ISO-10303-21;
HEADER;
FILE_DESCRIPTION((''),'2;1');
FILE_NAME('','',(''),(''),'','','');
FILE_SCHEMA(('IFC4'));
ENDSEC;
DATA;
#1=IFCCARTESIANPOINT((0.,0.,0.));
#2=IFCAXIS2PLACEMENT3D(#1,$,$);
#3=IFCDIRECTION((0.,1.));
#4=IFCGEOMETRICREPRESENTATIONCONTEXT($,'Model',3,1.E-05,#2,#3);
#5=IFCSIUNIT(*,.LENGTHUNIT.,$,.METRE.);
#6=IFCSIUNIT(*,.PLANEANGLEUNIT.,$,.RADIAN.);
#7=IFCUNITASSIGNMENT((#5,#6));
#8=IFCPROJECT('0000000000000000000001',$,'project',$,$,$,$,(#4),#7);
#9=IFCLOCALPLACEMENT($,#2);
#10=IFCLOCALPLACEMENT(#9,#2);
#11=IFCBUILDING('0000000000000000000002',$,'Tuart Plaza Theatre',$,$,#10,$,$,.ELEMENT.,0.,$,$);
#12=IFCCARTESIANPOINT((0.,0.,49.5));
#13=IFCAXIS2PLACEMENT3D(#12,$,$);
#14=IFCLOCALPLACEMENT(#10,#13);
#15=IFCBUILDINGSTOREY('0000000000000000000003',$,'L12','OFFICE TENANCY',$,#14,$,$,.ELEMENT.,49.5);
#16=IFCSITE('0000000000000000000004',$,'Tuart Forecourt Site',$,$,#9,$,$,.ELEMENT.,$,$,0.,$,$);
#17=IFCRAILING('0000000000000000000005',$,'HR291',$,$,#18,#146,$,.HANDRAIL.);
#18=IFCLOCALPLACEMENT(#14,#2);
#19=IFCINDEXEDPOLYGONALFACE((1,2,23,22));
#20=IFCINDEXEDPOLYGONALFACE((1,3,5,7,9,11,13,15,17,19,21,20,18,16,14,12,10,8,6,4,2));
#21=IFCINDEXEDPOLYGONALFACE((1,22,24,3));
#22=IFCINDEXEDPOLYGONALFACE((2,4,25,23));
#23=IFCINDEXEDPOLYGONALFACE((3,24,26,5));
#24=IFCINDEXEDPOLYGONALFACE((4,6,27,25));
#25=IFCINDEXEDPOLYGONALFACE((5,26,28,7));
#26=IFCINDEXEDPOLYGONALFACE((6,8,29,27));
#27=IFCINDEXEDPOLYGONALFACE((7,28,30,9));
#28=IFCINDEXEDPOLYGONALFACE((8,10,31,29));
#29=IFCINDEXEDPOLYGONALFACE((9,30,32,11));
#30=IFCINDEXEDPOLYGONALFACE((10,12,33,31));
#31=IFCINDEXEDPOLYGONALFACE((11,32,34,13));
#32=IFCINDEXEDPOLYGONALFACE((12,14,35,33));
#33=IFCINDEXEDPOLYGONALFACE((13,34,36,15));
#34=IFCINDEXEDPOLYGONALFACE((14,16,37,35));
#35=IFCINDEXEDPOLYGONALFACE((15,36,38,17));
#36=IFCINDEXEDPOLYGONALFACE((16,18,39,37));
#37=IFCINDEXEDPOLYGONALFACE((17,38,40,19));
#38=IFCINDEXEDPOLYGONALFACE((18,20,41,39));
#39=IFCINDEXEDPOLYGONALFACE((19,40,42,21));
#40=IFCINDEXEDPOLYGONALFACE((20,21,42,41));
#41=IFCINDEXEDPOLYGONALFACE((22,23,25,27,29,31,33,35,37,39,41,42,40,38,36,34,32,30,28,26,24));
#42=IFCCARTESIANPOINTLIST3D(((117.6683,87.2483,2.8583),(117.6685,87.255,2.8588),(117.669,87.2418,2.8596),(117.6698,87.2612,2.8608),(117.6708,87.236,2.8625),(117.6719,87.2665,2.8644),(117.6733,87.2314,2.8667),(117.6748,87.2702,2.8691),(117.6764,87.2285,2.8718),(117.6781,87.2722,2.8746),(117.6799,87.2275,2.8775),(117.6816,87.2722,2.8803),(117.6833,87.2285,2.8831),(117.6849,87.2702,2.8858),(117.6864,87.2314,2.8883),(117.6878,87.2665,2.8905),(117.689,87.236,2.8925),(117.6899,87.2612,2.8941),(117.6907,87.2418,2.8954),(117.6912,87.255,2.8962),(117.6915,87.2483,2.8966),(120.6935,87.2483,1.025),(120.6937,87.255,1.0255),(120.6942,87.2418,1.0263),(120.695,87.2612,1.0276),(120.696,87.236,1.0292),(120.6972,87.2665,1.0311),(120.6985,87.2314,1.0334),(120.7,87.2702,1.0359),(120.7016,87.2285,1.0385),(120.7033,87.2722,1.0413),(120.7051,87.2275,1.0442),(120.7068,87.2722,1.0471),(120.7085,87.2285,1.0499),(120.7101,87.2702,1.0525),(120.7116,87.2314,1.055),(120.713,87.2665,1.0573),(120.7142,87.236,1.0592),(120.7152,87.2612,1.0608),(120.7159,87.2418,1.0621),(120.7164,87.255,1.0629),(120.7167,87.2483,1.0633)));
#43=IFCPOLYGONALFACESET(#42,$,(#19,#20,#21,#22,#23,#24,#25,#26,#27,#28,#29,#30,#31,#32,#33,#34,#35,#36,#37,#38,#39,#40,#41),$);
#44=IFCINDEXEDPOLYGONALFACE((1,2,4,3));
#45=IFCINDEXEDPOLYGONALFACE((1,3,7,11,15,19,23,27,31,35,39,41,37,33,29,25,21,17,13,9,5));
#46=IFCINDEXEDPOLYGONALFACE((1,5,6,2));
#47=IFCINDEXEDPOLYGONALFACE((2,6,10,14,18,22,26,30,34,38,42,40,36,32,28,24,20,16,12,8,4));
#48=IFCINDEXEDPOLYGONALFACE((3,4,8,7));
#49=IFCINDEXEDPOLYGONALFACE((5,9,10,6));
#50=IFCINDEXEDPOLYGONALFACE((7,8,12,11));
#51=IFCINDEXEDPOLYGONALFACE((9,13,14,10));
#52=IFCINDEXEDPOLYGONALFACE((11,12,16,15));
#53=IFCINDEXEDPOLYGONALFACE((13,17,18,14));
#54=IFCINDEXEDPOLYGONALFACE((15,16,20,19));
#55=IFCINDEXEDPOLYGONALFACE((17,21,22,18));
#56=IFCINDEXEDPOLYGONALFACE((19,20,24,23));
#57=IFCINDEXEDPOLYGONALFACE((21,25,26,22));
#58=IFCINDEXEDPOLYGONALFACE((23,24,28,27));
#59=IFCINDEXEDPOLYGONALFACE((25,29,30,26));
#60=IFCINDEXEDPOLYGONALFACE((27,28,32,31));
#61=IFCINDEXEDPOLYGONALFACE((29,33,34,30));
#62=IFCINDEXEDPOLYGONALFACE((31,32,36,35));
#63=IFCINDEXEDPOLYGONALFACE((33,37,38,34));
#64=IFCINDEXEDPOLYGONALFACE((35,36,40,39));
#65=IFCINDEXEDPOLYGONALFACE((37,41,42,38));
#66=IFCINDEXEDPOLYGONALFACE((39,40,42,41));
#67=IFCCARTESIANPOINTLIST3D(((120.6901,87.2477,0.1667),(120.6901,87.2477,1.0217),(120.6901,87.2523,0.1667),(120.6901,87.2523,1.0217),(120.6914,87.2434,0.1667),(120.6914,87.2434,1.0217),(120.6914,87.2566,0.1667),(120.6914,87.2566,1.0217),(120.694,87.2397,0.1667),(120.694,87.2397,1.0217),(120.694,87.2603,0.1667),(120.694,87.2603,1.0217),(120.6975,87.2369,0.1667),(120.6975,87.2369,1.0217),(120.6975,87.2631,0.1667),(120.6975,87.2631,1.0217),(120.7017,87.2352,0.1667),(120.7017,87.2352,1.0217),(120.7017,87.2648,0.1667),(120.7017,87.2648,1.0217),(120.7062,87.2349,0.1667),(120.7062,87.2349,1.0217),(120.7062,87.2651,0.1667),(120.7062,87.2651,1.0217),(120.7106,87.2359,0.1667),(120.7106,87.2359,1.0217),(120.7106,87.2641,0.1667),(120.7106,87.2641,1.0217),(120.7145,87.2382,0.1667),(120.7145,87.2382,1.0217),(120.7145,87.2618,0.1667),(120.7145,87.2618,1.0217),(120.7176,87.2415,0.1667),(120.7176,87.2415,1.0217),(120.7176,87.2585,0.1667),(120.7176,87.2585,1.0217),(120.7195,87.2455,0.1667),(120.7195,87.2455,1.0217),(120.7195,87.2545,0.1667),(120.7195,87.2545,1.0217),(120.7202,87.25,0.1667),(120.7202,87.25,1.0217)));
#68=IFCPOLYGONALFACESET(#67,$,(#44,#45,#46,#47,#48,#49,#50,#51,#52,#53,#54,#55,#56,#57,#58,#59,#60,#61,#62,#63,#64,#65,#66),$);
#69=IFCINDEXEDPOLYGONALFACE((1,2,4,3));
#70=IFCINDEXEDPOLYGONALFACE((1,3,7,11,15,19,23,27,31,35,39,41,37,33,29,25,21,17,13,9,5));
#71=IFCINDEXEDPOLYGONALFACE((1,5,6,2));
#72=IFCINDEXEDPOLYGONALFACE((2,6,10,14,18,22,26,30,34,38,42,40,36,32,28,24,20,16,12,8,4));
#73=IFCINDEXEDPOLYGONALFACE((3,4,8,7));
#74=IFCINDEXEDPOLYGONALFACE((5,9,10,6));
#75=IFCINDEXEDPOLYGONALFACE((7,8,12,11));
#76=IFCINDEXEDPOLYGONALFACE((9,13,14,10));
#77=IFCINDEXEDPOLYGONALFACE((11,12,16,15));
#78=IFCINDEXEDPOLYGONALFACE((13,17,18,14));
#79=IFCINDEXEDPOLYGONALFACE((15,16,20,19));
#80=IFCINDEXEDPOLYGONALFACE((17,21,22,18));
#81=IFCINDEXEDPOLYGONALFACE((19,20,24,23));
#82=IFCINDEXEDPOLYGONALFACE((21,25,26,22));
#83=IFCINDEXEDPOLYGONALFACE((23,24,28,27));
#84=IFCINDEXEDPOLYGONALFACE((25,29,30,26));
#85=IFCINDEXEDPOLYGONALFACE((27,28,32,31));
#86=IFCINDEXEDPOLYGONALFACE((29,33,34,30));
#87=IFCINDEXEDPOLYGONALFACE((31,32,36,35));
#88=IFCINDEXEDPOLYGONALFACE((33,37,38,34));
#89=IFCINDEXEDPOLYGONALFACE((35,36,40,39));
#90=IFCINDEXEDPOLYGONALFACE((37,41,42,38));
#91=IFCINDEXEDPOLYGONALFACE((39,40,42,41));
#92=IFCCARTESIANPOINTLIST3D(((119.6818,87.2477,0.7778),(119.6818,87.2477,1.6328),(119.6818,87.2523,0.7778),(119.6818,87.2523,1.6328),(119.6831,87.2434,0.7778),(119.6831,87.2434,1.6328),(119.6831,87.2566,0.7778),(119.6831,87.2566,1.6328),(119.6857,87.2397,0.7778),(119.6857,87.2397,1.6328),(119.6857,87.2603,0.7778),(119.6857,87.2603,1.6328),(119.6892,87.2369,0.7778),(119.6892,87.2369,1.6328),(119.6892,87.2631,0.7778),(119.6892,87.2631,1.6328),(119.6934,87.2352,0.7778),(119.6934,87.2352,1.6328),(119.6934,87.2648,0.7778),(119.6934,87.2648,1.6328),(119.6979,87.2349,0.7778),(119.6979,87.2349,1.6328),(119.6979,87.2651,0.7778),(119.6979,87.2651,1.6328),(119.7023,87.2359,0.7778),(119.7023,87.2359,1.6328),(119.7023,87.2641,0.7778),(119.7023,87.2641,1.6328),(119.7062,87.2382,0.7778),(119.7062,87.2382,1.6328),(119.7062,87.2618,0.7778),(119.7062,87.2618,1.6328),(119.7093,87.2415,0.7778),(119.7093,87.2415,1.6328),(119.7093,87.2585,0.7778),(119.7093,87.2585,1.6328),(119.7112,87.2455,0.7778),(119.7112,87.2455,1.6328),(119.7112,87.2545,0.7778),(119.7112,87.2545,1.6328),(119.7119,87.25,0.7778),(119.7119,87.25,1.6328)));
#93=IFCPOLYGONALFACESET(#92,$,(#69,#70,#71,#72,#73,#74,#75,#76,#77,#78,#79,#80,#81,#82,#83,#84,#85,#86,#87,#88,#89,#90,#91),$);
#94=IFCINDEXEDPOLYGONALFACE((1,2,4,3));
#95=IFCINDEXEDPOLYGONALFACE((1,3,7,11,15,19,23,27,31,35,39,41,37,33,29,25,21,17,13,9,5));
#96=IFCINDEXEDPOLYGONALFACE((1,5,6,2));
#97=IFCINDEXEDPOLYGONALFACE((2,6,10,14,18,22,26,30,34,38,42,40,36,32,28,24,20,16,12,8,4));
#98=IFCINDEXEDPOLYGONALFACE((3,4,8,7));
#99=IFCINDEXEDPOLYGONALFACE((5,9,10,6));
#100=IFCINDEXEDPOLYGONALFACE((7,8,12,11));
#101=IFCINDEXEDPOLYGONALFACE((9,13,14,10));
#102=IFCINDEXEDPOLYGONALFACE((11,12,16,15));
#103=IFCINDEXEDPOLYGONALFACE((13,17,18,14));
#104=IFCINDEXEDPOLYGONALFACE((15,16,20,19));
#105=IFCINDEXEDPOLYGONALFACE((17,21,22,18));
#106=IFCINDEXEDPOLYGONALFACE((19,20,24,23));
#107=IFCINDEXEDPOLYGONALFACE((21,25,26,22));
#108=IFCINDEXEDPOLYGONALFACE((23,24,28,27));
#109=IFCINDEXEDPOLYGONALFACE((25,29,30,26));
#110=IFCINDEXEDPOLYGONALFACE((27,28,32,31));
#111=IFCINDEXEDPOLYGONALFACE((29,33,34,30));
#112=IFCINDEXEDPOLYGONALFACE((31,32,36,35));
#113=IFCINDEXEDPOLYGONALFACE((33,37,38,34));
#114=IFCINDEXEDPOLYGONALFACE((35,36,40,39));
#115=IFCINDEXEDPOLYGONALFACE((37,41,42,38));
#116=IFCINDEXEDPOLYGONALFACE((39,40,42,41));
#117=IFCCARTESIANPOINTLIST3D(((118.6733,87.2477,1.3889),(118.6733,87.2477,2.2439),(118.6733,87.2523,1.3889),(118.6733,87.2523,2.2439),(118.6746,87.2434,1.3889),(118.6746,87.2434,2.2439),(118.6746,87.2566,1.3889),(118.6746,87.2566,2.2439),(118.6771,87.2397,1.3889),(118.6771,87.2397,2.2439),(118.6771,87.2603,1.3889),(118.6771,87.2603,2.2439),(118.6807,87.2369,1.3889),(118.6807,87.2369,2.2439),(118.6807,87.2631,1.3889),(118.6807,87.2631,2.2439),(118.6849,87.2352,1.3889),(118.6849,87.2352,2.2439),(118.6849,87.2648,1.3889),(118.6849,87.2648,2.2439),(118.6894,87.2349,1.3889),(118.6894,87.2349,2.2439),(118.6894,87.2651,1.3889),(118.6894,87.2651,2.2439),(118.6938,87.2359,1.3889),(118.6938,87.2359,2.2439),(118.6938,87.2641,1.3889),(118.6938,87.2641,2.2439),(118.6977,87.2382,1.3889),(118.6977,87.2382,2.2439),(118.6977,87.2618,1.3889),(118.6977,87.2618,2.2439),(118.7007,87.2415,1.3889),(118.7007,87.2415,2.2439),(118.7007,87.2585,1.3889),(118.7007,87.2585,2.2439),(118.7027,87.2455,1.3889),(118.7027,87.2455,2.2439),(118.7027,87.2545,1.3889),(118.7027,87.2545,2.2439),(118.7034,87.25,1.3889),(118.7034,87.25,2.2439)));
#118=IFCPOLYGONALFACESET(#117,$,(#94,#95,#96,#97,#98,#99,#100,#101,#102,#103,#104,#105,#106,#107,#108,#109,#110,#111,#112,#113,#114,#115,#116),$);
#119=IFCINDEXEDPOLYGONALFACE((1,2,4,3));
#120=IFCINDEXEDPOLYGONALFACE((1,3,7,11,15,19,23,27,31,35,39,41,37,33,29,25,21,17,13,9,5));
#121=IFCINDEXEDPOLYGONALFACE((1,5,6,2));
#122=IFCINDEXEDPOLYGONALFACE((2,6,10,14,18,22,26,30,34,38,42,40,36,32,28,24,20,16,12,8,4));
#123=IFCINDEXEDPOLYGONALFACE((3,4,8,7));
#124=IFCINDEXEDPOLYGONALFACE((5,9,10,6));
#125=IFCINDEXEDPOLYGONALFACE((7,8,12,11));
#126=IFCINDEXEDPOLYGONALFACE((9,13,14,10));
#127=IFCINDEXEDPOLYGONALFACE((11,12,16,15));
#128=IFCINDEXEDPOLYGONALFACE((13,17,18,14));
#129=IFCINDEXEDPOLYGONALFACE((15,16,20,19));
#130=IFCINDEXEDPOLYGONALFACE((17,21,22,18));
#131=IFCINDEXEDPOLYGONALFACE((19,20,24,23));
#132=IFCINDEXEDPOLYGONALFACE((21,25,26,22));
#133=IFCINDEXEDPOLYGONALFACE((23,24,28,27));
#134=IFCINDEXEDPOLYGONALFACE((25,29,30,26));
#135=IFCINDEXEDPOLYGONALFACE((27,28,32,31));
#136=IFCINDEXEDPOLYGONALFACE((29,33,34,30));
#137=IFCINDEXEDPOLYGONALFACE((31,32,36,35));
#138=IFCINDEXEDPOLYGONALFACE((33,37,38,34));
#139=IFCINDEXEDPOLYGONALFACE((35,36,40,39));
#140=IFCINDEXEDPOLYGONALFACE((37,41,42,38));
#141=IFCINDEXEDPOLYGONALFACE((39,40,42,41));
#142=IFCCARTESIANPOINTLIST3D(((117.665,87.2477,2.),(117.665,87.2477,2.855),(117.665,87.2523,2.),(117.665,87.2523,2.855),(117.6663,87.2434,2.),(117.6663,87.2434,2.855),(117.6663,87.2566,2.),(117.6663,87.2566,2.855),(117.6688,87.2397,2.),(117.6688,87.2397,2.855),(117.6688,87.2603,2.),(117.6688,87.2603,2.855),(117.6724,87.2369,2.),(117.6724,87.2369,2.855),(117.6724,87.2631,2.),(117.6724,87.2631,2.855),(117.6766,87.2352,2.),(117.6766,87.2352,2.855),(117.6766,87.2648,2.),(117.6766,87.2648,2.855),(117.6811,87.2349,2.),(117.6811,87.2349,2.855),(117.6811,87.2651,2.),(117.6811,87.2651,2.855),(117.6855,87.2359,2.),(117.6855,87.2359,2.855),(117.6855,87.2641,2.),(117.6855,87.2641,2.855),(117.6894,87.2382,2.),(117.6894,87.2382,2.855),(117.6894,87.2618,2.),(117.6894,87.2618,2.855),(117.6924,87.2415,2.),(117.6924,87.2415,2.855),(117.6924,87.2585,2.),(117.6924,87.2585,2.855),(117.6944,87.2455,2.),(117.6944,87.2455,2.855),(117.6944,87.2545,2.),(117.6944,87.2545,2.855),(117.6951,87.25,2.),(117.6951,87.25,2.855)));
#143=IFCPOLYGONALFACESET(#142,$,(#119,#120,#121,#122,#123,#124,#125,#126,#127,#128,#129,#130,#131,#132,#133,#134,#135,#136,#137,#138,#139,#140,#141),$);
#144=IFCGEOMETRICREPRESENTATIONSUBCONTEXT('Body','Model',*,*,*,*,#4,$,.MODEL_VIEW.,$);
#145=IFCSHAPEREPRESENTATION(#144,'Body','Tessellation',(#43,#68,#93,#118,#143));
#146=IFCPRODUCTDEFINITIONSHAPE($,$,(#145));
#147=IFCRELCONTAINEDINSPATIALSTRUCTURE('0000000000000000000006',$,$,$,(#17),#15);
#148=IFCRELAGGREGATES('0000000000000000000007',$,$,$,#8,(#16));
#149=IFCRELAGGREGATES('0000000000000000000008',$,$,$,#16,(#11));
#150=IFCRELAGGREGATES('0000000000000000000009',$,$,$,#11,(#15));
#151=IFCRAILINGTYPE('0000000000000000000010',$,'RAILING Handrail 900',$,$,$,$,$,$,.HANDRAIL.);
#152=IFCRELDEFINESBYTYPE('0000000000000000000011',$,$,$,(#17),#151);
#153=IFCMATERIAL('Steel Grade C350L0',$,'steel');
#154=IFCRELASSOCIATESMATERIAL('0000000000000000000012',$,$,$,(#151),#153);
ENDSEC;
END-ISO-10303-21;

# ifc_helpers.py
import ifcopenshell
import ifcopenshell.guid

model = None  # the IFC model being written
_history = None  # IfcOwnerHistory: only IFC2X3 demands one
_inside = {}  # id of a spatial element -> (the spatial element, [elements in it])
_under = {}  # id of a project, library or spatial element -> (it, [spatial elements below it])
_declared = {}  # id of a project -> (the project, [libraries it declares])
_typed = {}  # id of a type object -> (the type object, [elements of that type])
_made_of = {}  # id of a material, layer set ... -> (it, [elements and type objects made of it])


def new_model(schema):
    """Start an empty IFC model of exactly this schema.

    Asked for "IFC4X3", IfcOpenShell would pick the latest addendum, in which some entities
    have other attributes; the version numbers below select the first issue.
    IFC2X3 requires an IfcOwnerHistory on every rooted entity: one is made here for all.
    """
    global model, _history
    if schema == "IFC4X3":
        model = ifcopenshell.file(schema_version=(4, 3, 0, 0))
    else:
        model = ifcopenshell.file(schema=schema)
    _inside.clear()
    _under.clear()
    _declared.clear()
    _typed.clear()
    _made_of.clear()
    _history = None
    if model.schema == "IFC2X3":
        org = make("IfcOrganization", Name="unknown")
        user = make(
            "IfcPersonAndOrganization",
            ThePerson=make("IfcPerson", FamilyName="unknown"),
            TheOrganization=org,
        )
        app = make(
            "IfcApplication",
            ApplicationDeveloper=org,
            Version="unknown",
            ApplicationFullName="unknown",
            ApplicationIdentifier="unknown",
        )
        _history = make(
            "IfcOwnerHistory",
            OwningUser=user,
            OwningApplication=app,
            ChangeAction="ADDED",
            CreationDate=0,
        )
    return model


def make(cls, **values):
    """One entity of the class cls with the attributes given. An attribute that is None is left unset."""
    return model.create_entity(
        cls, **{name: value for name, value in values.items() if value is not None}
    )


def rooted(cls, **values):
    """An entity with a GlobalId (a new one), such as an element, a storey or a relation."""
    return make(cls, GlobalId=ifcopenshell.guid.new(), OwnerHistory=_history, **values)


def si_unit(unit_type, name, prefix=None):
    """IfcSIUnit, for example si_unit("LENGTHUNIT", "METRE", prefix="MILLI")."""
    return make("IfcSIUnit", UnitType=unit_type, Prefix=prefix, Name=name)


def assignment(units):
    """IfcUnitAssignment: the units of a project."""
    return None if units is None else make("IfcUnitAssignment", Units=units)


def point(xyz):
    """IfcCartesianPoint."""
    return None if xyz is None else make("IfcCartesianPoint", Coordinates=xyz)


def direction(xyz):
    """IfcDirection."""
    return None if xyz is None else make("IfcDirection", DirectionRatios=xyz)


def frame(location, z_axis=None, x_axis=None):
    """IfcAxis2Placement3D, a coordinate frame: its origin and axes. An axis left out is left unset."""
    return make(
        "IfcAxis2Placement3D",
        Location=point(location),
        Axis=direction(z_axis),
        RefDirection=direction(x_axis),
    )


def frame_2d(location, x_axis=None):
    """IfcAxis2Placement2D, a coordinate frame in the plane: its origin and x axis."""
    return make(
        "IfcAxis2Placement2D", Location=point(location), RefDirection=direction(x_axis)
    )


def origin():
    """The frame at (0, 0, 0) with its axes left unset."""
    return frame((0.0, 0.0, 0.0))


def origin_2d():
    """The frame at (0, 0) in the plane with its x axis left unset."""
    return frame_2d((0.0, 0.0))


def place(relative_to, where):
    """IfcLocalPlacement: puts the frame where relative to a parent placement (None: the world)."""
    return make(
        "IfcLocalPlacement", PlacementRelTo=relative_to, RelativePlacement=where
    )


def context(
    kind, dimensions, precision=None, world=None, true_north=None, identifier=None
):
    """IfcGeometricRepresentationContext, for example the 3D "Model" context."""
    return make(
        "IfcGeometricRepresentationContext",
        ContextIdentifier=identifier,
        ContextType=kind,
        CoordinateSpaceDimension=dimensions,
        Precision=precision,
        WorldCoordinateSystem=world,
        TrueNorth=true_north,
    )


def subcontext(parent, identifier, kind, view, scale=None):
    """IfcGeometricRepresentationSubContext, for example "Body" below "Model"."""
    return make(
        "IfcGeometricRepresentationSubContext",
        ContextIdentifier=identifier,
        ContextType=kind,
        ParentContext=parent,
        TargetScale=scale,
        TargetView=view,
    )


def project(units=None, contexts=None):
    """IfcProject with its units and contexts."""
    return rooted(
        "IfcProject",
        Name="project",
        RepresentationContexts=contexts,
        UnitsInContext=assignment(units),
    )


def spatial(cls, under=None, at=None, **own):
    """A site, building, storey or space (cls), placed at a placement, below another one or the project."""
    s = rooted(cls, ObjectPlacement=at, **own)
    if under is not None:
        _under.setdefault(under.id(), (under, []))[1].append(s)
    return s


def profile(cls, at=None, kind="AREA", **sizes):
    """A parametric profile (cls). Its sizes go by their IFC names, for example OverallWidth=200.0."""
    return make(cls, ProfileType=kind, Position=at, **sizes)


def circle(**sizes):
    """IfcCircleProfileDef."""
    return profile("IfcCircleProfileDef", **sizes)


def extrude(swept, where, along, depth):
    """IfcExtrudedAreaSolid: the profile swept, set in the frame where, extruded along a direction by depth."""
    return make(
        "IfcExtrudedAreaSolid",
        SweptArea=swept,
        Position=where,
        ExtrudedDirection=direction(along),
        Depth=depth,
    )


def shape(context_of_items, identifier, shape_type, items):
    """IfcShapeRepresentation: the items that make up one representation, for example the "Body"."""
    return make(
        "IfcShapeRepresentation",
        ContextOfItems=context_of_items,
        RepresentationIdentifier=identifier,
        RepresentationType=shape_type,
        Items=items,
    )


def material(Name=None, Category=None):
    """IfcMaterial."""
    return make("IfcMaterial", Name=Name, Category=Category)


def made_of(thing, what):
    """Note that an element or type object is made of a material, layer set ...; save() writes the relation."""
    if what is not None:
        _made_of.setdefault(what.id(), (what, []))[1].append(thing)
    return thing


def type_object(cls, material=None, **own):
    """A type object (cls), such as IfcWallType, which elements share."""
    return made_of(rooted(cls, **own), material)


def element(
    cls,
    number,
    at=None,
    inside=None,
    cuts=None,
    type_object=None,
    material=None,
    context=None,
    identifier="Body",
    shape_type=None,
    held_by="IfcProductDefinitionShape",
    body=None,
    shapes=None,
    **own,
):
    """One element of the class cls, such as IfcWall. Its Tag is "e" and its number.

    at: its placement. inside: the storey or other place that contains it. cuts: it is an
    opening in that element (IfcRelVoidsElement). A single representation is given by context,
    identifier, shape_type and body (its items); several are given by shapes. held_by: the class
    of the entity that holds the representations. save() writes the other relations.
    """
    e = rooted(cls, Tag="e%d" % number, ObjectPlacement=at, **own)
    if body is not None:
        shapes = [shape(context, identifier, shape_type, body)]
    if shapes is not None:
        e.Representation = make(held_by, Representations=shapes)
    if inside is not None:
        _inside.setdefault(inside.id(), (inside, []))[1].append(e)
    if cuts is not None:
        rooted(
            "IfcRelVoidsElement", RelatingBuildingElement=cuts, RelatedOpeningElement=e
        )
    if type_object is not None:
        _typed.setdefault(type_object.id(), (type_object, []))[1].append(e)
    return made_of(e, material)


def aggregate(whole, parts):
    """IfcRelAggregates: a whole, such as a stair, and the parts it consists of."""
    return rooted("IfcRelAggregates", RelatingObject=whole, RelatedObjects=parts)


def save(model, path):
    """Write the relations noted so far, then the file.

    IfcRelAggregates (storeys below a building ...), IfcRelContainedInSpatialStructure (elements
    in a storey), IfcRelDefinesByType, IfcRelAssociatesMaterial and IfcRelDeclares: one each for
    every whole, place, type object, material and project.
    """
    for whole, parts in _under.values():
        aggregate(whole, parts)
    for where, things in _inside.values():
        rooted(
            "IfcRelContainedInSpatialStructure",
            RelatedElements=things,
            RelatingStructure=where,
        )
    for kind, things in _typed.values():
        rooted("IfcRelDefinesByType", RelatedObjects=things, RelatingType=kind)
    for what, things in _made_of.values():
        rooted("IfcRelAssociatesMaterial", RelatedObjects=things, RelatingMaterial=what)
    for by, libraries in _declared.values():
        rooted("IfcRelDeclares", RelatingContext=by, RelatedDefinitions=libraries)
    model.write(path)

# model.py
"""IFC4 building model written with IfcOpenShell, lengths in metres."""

from ifc_helpers import new_model, si_unit, direction, frame, origin, origin_2d, place, context, subcontext, project, spatial, circle, extrude, material, type_object, element, save


model = new_model("IFC4")

# Units and contexts
model_context = context("Model", 3, precision=1e-05, world=origin(), true_north=direction((0.0, 1.0)))
body_context = subcontext(model_context, "Body", "Model", "MODEL_VIEW")
ifc_project = project(units=[si_unit("LENGTHUNIT", "METRE"), si_unit("PLANEANGLEUNIT", "RADIAN")], contexts=[model_context])

# Site, building, storey
site_placement = place(None, origin())
site = spatial("IfcSite", under=ifc_project, at=site_placement, Name="Tuart Forecourt Site", CompositionType="ELEMENT", RefElevation=0.0)
building_placement = place(site_placement, origin())
building = spatial("IfcBuilding", under=site, at=building_placement, Name="Tuart Plaza Theatre", CompositionType="ELEMENT", ElevationOfRefHeight=0.0)
storey_placement = place(building_placement, frame((0.0, 0.0, 49.5)))
storey = spatial("IfcBuildingStorey", under=building, at=storey_placement, Name="L12", Description="OFFICE TENANCY", CompositionType="ELEMENT", Elevation=49.5)

# Railing
ifc_material_1 = material(Name="Steel Grade C350L0", Category="steel")
railing_type_1 = type_object("IfcRailingType", Name="RAILING Handrail 900", PredefinedType="HANDRAIL", material=ifc_material_1)
for number, where, name in (
    (1, (120.7051, 87.25, 0.1667), "HR291"),
):
    element("IfcRailing", number, at=place(storey_placement, frame(where)), inside=storey, type_object=railing_type_1, Name=name, PredefinedType="HANDRAIL", context=body_context, shape_type="SweptSolid", body=[
        extrude(circle(Radius=0.0225, at=origin_2d()), frame((0.0, 0.0, 0.8774), z_axis=(-0.855219, 0.0, 0.518267), x_axis=(0.0, -1.0, 0.0)), (0.0, 0.0, 1.0), 3.5374),
        extrude(circle(Radius=0.0151, at=origin_2d()), origin(), (0.0, 0.0, 1.0), 0.855),
        extrude(circle(Radius=0.0151, at=origin_2d()), frame((-1.0083, 0.0, 0.6111)), (0.0, 0.0, 1.0), 0.855),
        extrude(circle(Radius=0.0151, at=origin_2d()), frame((-2.0168, 0.0, 1.2222)), (0.0, 0.0, 1.0), 0.855),
        extrude(circle(Radius=0.0151, at=origin_2d()), frame((-3.0251, 0.0, 1.8333)), (0.0, 0.0, 1.0), 0.855),
    ])

save(model, "model.ifc")
